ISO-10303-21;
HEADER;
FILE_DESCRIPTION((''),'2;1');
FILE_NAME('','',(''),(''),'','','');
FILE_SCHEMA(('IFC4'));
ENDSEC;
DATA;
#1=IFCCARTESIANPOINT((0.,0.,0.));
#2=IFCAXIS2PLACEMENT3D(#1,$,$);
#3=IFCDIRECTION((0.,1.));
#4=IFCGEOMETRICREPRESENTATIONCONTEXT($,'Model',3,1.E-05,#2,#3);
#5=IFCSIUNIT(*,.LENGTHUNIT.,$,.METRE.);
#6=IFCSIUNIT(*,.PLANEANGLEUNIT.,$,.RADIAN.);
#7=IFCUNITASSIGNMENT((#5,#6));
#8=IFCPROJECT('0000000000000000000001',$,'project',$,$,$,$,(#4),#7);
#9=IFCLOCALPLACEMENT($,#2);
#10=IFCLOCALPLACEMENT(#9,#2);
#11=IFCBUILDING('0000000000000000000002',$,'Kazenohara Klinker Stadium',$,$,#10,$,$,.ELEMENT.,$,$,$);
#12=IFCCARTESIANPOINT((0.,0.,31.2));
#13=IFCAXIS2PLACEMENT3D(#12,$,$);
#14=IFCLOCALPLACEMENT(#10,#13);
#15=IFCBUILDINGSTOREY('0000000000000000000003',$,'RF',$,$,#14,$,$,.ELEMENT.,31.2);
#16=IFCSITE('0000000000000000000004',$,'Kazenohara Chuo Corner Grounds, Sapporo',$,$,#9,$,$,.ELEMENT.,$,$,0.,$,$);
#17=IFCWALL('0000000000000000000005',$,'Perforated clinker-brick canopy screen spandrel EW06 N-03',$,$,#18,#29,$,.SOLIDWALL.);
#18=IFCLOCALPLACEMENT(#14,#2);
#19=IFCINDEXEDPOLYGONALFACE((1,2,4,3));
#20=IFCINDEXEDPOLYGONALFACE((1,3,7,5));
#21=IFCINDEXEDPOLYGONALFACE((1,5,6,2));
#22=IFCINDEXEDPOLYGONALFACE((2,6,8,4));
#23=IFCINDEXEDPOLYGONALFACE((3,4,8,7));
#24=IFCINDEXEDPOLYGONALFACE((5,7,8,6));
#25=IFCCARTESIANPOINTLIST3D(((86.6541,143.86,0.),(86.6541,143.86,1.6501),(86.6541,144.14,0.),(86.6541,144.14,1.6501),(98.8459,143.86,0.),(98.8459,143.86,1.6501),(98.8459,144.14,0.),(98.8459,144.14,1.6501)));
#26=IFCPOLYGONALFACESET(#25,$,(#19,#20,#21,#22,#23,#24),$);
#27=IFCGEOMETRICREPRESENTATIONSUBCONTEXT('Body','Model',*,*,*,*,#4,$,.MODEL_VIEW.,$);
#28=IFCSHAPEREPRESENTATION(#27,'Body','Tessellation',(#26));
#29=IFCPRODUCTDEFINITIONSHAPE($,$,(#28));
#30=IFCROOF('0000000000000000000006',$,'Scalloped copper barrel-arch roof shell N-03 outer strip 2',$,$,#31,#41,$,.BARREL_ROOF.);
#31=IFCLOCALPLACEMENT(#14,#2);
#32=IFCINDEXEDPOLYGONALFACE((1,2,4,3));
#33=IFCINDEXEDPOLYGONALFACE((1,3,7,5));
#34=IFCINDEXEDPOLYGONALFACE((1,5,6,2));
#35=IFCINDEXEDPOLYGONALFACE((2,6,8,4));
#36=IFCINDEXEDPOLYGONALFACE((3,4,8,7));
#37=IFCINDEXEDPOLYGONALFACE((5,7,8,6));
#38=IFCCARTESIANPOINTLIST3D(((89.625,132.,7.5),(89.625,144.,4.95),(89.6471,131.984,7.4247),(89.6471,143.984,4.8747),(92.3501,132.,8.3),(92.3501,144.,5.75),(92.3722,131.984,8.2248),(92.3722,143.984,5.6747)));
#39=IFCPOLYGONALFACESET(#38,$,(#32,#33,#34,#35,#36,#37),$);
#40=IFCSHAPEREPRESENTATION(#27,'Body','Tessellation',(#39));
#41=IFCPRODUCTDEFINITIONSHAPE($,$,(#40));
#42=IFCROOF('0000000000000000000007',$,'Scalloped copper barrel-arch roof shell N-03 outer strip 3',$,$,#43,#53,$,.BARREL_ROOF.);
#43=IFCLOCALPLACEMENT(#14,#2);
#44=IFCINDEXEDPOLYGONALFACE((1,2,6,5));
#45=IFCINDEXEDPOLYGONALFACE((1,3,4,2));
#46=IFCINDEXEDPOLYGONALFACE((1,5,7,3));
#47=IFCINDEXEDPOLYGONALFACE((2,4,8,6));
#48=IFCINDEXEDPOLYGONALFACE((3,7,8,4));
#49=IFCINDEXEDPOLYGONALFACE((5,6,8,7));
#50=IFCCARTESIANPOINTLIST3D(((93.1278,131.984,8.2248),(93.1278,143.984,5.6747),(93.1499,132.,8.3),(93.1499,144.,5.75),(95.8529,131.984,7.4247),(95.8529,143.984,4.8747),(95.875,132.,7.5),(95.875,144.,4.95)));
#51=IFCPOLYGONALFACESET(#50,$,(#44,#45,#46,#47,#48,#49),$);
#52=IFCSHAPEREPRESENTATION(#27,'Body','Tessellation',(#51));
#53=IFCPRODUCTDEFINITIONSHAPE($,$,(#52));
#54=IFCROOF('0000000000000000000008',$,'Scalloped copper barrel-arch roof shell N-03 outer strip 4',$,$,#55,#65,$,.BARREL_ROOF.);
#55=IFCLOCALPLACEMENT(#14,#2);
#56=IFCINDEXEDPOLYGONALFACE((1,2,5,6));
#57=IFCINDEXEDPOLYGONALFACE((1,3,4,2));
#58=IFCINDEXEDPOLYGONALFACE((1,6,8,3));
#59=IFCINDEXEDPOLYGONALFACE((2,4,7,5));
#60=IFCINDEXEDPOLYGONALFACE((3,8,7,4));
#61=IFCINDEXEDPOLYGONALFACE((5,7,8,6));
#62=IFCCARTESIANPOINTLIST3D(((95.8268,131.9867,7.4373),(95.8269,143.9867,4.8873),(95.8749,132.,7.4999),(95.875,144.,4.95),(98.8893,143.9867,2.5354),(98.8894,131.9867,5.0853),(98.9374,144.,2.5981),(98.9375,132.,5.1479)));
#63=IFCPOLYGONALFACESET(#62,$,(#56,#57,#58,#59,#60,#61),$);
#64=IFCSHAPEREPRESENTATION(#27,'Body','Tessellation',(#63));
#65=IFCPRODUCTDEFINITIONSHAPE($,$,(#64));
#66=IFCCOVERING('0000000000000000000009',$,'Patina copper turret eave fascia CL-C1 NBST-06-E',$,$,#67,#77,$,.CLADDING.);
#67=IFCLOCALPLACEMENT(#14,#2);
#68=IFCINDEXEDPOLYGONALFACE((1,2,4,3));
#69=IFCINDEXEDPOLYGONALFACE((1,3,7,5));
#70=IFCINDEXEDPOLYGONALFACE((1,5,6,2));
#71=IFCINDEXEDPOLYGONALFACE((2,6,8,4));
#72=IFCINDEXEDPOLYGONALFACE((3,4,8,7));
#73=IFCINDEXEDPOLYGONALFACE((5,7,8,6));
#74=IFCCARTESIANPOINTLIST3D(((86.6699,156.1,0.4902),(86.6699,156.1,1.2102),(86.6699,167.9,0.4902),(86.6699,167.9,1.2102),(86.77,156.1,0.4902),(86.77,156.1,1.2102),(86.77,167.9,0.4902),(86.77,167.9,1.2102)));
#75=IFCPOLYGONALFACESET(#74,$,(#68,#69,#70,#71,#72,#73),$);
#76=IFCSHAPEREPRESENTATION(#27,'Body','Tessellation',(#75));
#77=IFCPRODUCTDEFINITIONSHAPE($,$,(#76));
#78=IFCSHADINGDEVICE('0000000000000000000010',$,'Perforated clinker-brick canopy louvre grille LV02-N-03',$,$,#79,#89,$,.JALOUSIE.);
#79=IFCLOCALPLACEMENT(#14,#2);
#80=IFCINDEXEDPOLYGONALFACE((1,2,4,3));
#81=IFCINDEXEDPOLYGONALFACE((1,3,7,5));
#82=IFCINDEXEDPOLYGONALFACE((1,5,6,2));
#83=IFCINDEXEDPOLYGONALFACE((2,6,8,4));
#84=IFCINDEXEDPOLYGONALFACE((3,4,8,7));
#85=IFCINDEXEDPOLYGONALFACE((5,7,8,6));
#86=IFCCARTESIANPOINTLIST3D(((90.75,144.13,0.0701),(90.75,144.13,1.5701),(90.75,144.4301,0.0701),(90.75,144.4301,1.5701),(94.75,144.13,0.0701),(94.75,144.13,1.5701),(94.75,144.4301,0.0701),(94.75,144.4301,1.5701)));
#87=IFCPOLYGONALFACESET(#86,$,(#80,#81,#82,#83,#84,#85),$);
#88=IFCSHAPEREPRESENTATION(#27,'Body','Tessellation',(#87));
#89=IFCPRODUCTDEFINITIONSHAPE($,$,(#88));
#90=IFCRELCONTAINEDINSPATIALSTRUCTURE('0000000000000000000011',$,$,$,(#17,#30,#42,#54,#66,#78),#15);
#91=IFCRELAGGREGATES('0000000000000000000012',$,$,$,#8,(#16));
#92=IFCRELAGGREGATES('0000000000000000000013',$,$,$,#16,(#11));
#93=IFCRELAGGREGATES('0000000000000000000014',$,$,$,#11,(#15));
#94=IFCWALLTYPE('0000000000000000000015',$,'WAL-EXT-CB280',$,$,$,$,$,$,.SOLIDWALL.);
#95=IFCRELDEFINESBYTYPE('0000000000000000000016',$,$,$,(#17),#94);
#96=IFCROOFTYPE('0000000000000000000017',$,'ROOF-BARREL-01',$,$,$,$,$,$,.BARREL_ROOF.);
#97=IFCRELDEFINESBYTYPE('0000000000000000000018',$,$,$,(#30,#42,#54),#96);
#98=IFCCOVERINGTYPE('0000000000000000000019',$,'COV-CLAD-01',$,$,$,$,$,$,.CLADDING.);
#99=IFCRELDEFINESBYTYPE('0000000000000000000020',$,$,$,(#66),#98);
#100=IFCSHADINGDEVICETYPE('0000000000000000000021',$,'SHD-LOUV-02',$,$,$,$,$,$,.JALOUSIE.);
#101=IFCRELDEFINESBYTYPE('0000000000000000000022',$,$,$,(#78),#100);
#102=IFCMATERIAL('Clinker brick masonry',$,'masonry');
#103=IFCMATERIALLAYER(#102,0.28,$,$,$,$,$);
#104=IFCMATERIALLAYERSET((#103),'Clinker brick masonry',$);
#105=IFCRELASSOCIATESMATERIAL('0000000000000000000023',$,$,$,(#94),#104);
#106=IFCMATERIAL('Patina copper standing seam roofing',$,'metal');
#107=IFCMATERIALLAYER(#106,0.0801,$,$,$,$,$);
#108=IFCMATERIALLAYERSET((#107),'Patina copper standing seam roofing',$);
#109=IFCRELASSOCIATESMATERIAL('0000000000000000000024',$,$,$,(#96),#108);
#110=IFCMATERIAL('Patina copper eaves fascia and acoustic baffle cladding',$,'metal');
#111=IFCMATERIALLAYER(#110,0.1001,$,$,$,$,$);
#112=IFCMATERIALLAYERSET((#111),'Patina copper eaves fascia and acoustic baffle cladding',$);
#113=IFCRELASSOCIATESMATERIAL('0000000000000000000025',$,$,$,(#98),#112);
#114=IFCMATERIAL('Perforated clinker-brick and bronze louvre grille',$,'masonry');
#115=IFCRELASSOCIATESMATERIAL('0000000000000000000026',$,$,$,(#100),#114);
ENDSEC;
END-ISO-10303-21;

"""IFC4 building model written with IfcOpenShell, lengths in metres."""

from ifc_helpers import new_model, si_unit, direction, frame, frame_2d, origin, origin_2d, place, context, subcontext, project, spatial, polyline, rectangle, outline, extrude, material, layer, layer_set, type_object, element, save


model = new_model("IFC4")

# Units and contexts
model_context = context("Model", 3, precision=1e-05, world=origin(), true_north=direction((0.0, 1.0)))
body_context = subcontext(model_context, "Body", "Model", "MODEL_VIEW")
ifc_project = project(units=[si_unit("LENGTHUNIT", "METRE"), si_unit("PLANEANGLEUNIT", "RADIAN")], contexts=[model_context])

# Site, building, storey
site_placement = place(None, origin())
site = spatial("IfcSite", under=ifc_project, at=site_placement, Name="Kazenohara Chuo Corner Grounds, Sapporo", CompositionType="ELEMENT", RefElevation=0.0)
building_placement = place(site_placement, origin())
building = spatial("IfcBuilding", under=site, at=building_placement, Name="Kazenohara Klinker Stadium", CompositionType="ELEMENT")
storey_placement = place(building_placement, frame((0.0, 0.0, 31.2)))
storey = spatial("IfcBuildingStorey", under=building, at=storey_placement, Name="RF", CompositionType="ELEMENT", Elevation=31.2)

# Wall
ifc_material_1 = material(Name="Clinker brick masonry", Category="masonry")
ifc_layer_1 = layer(ifc_material_1, 0.28)
ifc_layer_set_1 = layer_set([ifc_layer_1], Name="Clinker brick masonry")
wall_type = type_object("IfcWallType", Name="WAL-EXT-CB280", PredefinedType="SOLIDWALL", material=ifc_layer_set_1)
wall_placement = place(storey_placement, frame((86.6541, 144.0, 0.0), z_axis=(0.0, 0.0, 1.0), x_axis=(1.0, 0.0, 0.0)))
element("IfcWall", 1, at=wall_placement, inside=storey, type_object=wall_type, Name="Perforated clinker-brick canopy screen spandrel EW06 N-03", PredefinedType="SOLIDWALL", context=body_context, shape_type="SweptSolid", body=[
    extrude(rectangle(XDim=12.1919, YDim=0.28, at=frame_2d((6.0959, 0.0))), origin(), (0.0, 0.0, 1.0), 1.6501),
])

# Roofs
ifc_material_2 = material(Name="Patina copper standing seam roofing", Category="metal")
ifc_layer_2 = layer(ifc_material_2, 0.0801)
ifc_layer_set_2 = layer_set([ifc_layer_2], Name="Patina copper standing seam roofing")
roof_type = type_object("IfcRoofType", Name="ROOF-BARREL-01", PredefinedType="BARREL_ROOF", material=ifc_layer_set_2)
roof_1_placement = place(storey_placement, frame((89.625, 144.0, 4.95), z_axis=(-0.276017, 0.199788, 0.940159), x_axis=(0.0, -0.978158, 0.207863)))
element("IfcRoof", 2, at=roof_1_placement, inside=storey, type_object=roof_type, Name="Scalloped copper barrel-arch roof shell N-03 outer strip 2", PredefinedType="BARREL_ROOF", context=body_context, shape_type="SweptSolid", body=[
    extrude(outline(polyline([(0.0, 0.0), (12.268, 0.0), (12.4343, 2.8352), (0.1663, 2.8352), (0.0, 0.0)])), origin(), (0.0, 0.0, -1.0), 0.0801),
])
roof_2_placement = place(storey_placement, frame((93.1499, 144.0, 5.75), z_axis=(0.276017, 0.199788, 0.940159), x_axis=(0.0, -0.978158, 0.207863)))
element("IfcRoof", 3, at=roof_2_placement, inside=storey, type_object=roof_type, Name="Scalloped copper barrel-arch roof shell N-03 outer strip 3", PredefinedType="BARREL_ROOF", context=body_context, shape_type="SweptSolid", body=[
    extrude(outline(polyline([(0.0, 0.0), (12.268, 0.0), (12.1017, 2.8352), (-0.1663, 2.8352), (0.0, 0.0)])), origin(), (0.0, 0.0, -1.0), 0.0801),
])
roof_3_placement = place(storey_placement, frame((95.875, 144.0, 4.95), z_axis=(0.600616, 0.166186, 0.782076), x_axis=(-0.000005, -0.978159, 0.207856)))
element("IfcRoof", 4, at=roof_3_placement, inside=storey, type_object=roof_type, Name="Scalloped copper barrel-arch roof shell N-03 outer strip 4", PredefinedType="BARREL_ROOF", context=body_context, shape_type="SweptSolid", body=[
    extrude(outline(polyline([(0.0, 0.0), (12.268, 0.0), (11.7791, 3.8304), (-0.4889, 3.8303), (0.0, 0.0)])), origin(), (0.0, 0.0, -1.0), 0.0801),
])

# Covering
ifc_material_3 = material(Name="Patina copper eaves fascia and acoustic baffle cladding", Category="metal")
ifc_layer_3 = layer(ifc_material_3, 0.1001)
ifc_layer_set_3 = layer_set([ifc_layer_3], Name="Patina copper eaves fascia and acoustic baffle cladding")
covering_type = type_object("IfcCoveringType", Name="COV-CLAD-01", PredefinedType="CLADDING", material=ifc_layer_set_3)
covering_placement = place(storey_placement, frame((86.72, 162.0, 0.4902), z_axis=(0.0, 0.0, 1.0), x_axis=(1.0, 0.0, 0.0)))
element("IfcCovering", 5, at=covering_placement, inside=storey, type_object=covering_type, Name="Patina copper turret eave fascia CL-C1 NBST-06-E", PredefinedType="CLADDING", context=body_context, shape_type="SweptSolid", body=[
    extrude(rectangle(XDim=0.1001, YDim=11.8, at=origin_2d()), origin(), (0.0, 0.0, 1.0), 0.72),
])

# Shading device
ifc_material_4 = material(Name="Perforated clinker-brick and bronze louvre grille", Category="masonry")
shading_device_type = type_object("IfcShadingDeviceType", Name="SHD-LOUV-02", PredefinedType="JALOUSIE", material=ifc_material_4)
shading_device_placement = place(storey_placement, frame((92.75, 144.28, 0.0701), z_axis=(0.0, 0.0, 1.0), x_axis=(1.0, 0.0, 0.0)))
element("IfcShadingDevice", 6, at=shading_device_placement, inside=storey, type_object=shading_device_type, Name="Perforated clinker-brick canopy louvre grille LV02-N-03", PredefinedType="JALOUSIE", context=body_context, shape_type="SweptSolid", body=[
    extrude(rectangle(XDim=4.0, YDim=0.3, at=origin_2d()), origin(), (0.0, 0.0, 1.0), 1.5),
])

save(model, "model.ifc")
